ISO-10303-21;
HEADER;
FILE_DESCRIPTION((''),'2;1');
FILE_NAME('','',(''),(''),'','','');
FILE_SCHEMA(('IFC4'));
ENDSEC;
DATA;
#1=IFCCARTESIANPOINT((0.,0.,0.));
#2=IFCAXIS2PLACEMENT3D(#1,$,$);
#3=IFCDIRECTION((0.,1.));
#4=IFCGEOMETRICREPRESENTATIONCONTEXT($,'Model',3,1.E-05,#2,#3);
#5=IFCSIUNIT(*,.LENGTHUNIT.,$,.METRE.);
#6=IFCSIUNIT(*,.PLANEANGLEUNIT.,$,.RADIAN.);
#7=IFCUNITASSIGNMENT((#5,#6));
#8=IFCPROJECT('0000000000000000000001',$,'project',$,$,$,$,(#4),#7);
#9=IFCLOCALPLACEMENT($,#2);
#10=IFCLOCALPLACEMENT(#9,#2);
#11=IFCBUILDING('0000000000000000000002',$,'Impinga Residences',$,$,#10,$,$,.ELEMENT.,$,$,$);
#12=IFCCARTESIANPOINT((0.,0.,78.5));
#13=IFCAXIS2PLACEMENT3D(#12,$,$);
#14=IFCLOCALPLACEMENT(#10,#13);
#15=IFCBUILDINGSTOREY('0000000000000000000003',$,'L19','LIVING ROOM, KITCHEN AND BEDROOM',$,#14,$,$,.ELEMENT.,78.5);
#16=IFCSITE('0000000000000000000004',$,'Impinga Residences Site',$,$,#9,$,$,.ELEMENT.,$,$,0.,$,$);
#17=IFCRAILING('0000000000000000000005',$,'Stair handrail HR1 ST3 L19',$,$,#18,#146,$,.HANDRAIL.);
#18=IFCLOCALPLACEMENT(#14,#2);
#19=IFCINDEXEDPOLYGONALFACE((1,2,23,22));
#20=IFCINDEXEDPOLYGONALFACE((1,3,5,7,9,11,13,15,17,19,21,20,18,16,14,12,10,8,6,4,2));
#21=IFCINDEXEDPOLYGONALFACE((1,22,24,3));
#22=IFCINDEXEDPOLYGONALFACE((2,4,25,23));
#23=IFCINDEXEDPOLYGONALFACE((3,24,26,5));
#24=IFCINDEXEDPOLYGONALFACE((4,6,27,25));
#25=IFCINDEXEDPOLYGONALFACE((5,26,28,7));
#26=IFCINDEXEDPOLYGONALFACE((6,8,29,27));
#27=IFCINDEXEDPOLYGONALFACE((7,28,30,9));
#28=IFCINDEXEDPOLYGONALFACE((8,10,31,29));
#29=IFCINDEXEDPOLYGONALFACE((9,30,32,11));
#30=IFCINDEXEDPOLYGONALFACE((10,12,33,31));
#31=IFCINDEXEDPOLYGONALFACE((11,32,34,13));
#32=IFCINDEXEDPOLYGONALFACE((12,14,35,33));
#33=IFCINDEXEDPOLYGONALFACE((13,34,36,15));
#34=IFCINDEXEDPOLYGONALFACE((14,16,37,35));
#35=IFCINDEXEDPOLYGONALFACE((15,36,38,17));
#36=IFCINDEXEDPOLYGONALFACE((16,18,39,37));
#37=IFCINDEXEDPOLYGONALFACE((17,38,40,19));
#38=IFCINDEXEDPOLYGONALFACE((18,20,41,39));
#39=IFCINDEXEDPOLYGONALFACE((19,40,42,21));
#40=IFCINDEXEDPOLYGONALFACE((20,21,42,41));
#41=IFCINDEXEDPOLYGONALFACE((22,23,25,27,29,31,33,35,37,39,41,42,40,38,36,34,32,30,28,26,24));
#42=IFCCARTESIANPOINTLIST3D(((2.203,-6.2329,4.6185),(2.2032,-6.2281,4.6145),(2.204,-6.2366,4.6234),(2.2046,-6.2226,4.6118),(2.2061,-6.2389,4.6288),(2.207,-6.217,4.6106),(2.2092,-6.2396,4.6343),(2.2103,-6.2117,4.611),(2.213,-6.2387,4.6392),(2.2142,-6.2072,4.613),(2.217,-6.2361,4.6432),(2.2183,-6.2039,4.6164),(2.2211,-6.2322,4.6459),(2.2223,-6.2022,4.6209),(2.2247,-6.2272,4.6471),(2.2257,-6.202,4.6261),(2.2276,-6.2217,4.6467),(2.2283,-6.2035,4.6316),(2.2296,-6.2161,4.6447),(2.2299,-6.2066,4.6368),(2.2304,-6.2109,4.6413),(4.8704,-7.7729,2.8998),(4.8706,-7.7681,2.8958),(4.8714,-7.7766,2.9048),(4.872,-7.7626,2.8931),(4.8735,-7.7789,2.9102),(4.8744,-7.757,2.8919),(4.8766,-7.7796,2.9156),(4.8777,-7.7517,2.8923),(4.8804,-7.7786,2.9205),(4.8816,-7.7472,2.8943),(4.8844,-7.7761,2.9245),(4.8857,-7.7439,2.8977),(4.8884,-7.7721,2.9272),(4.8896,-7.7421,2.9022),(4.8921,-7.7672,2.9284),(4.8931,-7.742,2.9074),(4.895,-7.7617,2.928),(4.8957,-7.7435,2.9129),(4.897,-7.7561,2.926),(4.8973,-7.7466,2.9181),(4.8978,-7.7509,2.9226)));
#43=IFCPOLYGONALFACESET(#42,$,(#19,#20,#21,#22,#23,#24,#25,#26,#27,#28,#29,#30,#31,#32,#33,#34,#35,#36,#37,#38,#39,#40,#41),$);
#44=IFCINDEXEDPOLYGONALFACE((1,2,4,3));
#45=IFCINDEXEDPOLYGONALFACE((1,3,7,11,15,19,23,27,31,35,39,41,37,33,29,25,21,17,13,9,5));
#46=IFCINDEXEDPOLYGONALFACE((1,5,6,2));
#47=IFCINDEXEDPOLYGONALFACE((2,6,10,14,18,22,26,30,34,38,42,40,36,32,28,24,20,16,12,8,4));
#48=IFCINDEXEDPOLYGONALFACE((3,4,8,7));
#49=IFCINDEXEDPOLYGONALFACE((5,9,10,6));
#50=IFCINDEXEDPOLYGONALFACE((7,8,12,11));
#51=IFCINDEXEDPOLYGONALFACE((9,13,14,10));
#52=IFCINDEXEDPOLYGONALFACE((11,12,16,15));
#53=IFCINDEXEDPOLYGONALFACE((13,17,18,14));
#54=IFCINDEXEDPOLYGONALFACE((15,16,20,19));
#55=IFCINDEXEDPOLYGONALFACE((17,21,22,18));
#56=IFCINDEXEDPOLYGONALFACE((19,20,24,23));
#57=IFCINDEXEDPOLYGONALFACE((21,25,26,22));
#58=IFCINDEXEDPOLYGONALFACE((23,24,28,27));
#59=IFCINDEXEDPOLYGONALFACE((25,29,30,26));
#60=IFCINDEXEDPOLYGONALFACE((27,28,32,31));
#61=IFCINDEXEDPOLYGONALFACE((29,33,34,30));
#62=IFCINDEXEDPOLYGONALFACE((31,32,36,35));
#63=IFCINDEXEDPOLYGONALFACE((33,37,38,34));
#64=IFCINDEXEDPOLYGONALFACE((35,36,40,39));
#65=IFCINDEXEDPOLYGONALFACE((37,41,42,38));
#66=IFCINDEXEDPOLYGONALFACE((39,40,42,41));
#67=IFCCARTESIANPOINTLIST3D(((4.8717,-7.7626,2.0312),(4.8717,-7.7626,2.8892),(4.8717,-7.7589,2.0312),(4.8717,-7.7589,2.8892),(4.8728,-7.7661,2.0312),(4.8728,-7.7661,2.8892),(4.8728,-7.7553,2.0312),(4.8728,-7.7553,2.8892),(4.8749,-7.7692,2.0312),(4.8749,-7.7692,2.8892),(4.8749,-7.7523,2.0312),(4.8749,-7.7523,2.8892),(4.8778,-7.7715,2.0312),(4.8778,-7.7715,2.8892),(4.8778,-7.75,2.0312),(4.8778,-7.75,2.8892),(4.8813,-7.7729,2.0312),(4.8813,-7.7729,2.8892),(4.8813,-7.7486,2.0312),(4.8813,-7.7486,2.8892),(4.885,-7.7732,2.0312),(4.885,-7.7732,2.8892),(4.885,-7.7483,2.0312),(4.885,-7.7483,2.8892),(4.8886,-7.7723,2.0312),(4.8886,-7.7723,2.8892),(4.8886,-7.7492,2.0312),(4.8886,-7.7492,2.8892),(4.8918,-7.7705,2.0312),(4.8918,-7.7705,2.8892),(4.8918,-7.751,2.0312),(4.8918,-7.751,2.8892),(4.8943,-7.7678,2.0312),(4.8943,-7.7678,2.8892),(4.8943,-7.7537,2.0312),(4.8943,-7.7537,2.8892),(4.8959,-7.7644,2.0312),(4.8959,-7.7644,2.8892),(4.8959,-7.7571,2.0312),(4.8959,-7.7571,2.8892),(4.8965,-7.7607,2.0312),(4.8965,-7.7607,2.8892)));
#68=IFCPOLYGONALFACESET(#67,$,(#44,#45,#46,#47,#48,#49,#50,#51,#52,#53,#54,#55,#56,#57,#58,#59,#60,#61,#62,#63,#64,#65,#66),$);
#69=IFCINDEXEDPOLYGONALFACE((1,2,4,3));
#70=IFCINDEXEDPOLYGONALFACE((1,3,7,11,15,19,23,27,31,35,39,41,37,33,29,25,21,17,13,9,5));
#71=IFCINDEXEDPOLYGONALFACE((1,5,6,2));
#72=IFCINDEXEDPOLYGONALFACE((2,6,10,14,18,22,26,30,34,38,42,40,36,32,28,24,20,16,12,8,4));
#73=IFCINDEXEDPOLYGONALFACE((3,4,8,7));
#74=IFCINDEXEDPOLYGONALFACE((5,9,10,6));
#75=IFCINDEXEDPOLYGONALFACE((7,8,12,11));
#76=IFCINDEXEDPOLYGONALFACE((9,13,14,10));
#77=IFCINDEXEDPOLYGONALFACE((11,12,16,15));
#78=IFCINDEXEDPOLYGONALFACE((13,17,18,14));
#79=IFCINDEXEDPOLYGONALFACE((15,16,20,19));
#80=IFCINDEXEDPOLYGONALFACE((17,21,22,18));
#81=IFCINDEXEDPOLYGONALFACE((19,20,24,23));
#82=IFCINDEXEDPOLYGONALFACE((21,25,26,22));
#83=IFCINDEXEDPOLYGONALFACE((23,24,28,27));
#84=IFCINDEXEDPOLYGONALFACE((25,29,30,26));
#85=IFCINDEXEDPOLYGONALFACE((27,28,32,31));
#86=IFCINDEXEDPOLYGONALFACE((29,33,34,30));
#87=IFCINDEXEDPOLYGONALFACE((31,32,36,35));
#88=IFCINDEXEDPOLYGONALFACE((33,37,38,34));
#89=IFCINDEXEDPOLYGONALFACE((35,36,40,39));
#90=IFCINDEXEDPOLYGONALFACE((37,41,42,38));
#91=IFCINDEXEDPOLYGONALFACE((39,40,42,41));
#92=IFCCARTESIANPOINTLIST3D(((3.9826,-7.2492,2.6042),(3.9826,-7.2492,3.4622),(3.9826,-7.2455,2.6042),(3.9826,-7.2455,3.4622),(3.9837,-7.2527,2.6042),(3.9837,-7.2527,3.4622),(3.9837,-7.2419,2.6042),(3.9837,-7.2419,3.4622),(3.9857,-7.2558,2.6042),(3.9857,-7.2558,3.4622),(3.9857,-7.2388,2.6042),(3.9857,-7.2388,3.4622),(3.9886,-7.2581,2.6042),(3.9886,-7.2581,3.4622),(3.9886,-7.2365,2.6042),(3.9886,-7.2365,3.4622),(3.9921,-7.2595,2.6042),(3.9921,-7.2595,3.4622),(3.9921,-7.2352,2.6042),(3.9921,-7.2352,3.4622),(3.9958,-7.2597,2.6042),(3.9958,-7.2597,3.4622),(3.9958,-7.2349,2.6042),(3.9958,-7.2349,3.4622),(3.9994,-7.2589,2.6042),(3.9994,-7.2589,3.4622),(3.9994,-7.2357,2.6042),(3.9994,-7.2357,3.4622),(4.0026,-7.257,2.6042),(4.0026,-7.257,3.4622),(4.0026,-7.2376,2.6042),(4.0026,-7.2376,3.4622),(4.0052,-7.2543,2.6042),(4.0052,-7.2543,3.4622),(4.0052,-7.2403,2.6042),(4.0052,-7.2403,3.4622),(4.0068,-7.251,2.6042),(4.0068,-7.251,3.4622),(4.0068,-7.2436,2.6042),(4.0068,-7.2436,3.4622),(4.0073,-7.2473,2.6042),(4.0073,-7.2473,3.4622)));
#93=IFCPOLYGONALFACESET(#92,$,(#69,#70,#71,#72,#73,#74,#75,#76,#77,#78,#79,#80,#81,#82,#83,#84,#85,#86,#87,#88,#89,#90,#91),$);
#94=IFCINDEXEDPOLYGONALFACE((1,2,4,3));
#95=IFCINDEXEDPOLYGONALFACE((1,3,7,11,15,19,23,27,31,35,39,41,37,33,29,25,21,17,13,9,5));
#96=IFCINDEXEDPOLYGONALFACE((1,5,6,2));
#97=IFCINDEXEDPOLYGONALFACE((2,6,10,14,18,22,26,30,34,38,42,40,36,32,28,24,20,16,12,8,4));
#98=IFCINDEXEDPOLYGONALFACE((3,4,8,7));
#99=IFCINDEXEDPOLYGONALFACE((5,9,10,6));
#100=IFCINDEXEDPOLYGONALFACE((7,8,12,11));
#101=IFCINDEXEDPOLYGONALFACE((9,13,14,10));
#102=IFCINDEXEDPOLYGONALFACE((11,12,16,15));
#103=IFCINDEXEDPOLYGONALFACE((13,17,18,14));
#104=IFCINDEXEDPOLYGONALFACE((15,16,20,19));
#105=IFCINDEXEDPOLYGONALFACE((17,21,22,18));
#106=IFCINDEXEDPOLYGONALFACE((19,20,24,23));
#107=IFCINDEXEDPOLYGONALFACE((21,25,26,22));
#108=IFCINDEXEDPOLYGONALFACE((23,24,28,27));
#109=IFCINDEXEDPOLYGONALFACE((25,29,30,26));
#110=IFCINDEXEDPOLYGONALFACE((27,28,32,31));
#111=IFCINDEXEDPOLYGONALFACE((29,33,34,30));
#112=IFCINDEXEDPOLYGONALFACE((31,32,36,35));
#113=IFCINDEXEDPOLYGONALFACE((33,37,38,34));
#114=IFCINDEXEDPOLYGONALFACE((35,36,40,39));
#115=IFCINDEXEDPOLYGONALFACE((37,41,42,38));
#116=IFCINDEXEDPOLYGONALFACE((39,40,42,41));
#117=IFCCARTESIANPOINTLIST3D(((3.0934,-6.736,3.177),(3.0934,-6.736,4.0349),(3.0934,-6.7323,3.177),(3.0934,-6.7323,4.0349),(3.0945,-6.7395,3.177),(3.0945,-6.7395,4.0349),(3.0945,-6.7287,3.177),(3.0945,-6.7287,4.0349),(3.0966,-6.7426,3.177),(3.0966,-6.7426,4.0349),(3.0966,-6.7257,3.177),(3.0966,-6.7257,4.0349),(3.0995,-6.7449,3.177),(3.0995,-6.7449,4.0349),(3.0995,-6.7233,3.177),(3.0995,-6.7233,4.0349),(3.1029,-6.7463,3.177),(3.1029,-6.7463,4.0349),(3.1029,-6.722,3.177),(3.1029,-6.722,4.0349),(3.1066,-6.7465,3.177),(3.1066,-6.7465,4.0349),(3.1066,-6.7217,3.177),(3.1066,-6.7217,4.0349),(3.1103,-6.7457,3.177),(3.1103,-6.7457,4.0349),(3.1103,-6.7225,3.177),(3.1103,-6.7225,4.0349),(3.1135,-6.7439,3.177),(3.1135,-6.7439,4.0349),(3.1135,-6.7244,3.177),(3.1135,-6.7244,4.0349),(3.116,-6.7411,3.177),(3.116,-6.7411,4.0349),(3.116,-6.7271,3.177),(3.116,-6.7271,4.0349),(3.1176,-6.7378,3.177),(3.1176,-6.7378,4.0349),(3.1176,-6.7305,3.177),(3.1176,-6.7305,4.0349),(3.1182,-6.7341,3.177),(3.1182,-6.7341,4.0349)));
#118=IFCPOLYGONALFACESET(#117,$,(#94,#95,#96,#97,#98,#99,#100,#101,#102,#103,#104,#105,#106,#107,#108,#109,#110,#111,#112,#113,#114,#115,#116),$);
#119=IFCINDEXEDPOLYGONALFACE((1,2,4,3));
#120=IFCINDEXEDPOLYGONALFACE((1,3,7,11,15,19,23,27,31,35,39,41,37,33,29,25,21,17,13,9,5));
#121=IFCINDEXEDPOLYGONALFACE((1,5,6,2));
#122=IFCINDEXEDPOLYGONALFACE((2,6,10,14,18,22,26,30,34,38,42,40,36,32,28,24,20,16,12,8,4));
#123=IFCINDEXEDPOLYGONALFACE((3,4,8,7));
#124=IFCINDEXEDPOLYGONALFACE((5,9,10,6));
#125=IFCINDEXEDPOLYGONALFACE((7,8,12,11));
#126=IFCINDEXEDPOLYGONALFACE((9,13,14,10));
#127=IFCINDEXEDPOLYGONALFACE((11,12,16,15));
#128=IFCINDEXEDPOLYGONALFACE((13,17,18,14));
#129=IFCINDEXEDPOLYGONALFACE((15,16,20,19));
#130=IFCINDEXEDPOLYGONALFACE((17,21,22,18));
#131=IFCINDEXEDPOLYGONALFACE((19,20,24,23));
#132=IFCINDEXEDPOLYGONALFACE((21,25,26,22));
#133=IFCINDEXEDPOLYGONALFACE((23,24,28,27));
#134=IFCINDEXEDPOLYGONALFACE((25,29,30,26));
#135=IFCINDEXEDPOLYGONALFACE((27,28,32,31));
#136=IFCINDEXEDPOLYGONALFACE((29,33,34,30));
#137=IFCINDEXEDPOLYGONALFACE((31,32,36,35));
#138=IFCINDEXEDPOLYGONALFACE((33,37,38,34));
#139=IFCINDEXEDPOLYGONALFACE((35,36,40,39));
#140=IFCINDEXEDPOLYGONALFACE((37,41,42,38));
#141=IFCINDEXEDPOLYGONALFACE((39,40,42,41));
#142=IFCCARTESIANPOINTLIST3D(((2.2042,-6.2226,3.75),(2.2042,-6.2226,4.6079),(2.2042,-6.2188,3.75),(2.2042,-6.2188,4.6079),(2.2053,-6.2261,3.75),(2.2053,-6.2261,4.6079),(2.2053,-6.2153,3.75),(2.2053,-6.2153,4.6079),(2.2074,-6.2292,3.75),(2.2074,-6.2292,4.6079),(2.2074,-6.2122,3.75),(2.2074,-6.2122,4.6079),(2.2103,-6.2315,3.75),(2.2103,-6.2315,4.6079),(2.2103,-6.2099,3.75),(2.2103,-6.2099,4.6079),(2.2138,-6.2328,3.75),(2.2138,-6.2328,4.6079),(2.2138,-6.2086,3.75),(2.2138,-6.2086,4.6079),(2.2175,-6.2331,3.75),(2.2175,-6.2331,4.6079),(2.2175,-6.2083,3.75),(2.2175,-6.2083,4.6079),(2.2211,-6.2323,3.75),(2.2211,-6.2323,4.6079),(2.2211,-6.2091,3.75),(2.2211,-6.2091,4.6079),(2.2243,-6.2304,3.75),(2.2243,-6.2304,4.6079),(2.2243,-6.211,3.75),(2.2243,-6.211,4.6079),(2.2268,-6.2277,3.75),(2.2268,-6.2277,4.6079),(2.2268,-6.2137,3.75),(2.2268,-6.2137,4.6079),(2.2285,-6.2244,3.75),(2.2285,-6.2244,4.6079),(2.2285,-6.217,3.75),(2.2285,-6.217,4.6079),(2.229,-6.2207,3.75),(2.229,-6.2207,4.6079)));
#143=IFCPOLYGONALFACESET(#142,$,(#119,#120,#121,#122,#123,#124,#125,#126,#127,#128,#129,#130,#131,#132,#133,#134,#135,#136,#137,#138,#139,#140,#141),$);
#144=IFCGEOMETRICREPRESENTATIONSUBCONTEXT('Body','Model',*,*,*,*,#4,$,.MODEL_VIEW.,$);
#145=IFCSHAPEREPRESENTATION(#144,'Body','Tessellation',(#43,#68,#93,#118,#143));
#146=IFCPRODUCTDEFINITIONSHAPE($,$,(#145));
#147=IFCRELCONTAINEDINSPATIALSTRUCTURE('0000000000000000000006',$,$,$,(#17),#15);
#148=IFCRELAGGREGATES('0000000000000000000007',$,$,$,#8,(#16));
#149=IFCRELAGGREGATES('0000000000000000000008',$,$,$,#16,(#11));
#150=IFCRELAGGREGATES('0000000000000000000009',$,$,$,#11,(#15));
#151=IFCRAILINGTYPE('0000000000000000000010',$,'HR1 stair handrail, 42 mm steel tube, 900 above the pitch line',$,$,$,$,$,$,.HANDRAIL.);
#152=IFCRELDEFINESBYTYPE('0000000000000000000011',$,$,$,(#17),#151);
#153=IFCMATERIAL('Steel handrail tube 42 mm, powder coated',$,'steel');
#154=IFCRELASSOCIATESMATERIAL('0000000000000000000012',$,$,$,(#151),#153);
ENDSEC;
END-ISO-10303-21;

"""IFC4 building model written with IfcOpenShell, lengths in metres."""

from ifc_helpers import new_model, si_unit, direction, frame, origin, origin_2d, place, context, subcontext, project, spatial, circle, extrude, material, type_object, element, save


model = new_model("IFC4")

# Units and contexts
model_context = context("Model", 3, precision=1e-05, world=origin(), true_north=direction((0.0, 1.0)))
body_context = subcontext(model_context, "Body", "Model", "MODEL_VIEW")
ifc_project = project(units=[si_unit("LENGTHUNIT", "METRE"), si_unit("PLANEANGLEUNIT", "RADIAN")], contexts=[model_context])

# Site, building, storey
site_placement = place(None, origin())
site = spatial("IfcSite", under=ifc_project, at=site_placement, Name="Impinga Residences Site", CompositionType="ELEMENT", RefElevation=0.0)
building_placement = place(site_placement, origin())
building = spatial("IfcBuilding", under=site, at=building_placement, Name="Impinga Residences", CompositionType="ELEMENT")
storey_placement = place(building_placement, frame((0.0, 0.0, 78.5)))
storey = spatial("IfcBuildingStorey", under=building, at=storey_placement, Name="L19", Description="LIVING ROOM, KITCHEN AND BEDROOM", CompositionType="ELEMENT", Elevation=78.5)

# Railing
ifc_material_1 = material(Name="Steel handrail tube 42 mm, powder coated", Category="steel")
railing_type_1 = type_object("IfcRailingType", Name="HR1 stair handrail, 42 mm steel tube, 900 above the pitch line", PredefinedType="HANDRAIL", material=ifc_material_1)
railing_1_placement = place(storey_placement, frame((4.884, -7.7607, 2.0312)))
element("IfcRailing", 1, at=railing_1_placement, inside=storey, type_object=railing_type_1, Name="Stair handrail HR1 ST3 L19", PredefinedType="HANDRAIL", context=body_context, shape_type="SweptSolid", body=[
    extrude(circle(Radius=0.021, at=origin_2d()), frame((0.0, 0.0, 0.8789), z_axis=(-0.756256, 0.436616, 0.487282), x_axis=(-0.499992, -0.86603, 0.0)), (0.0, 0.0, 1.0), 3.5271),
    extrude(circle(Radius=0.0125, at=origin_2d()), origin(), (0.0, 0.0, 1.0), 0.8579),
    extrude(circle(Radius=0.0125, at=origin_2d()), frame((-0.8892, 0.5134, 0.573)), (0.0, 0.0, 1.0), 0.8579),
    extrude(circle(Radius=0.0125, at=origin_2d()), frame((-1.7783, 1.0266, 1.1458)), (0.0, 0.0, 1.0), 0.8579),
    extrude(circle(Radius=0.0125, at=origin_2d()), frame((-2.6675, 1.54, 1.7188)), (0.0, 0.0, 1.0), 0.8579),
])

save(model, "model.ifc")
